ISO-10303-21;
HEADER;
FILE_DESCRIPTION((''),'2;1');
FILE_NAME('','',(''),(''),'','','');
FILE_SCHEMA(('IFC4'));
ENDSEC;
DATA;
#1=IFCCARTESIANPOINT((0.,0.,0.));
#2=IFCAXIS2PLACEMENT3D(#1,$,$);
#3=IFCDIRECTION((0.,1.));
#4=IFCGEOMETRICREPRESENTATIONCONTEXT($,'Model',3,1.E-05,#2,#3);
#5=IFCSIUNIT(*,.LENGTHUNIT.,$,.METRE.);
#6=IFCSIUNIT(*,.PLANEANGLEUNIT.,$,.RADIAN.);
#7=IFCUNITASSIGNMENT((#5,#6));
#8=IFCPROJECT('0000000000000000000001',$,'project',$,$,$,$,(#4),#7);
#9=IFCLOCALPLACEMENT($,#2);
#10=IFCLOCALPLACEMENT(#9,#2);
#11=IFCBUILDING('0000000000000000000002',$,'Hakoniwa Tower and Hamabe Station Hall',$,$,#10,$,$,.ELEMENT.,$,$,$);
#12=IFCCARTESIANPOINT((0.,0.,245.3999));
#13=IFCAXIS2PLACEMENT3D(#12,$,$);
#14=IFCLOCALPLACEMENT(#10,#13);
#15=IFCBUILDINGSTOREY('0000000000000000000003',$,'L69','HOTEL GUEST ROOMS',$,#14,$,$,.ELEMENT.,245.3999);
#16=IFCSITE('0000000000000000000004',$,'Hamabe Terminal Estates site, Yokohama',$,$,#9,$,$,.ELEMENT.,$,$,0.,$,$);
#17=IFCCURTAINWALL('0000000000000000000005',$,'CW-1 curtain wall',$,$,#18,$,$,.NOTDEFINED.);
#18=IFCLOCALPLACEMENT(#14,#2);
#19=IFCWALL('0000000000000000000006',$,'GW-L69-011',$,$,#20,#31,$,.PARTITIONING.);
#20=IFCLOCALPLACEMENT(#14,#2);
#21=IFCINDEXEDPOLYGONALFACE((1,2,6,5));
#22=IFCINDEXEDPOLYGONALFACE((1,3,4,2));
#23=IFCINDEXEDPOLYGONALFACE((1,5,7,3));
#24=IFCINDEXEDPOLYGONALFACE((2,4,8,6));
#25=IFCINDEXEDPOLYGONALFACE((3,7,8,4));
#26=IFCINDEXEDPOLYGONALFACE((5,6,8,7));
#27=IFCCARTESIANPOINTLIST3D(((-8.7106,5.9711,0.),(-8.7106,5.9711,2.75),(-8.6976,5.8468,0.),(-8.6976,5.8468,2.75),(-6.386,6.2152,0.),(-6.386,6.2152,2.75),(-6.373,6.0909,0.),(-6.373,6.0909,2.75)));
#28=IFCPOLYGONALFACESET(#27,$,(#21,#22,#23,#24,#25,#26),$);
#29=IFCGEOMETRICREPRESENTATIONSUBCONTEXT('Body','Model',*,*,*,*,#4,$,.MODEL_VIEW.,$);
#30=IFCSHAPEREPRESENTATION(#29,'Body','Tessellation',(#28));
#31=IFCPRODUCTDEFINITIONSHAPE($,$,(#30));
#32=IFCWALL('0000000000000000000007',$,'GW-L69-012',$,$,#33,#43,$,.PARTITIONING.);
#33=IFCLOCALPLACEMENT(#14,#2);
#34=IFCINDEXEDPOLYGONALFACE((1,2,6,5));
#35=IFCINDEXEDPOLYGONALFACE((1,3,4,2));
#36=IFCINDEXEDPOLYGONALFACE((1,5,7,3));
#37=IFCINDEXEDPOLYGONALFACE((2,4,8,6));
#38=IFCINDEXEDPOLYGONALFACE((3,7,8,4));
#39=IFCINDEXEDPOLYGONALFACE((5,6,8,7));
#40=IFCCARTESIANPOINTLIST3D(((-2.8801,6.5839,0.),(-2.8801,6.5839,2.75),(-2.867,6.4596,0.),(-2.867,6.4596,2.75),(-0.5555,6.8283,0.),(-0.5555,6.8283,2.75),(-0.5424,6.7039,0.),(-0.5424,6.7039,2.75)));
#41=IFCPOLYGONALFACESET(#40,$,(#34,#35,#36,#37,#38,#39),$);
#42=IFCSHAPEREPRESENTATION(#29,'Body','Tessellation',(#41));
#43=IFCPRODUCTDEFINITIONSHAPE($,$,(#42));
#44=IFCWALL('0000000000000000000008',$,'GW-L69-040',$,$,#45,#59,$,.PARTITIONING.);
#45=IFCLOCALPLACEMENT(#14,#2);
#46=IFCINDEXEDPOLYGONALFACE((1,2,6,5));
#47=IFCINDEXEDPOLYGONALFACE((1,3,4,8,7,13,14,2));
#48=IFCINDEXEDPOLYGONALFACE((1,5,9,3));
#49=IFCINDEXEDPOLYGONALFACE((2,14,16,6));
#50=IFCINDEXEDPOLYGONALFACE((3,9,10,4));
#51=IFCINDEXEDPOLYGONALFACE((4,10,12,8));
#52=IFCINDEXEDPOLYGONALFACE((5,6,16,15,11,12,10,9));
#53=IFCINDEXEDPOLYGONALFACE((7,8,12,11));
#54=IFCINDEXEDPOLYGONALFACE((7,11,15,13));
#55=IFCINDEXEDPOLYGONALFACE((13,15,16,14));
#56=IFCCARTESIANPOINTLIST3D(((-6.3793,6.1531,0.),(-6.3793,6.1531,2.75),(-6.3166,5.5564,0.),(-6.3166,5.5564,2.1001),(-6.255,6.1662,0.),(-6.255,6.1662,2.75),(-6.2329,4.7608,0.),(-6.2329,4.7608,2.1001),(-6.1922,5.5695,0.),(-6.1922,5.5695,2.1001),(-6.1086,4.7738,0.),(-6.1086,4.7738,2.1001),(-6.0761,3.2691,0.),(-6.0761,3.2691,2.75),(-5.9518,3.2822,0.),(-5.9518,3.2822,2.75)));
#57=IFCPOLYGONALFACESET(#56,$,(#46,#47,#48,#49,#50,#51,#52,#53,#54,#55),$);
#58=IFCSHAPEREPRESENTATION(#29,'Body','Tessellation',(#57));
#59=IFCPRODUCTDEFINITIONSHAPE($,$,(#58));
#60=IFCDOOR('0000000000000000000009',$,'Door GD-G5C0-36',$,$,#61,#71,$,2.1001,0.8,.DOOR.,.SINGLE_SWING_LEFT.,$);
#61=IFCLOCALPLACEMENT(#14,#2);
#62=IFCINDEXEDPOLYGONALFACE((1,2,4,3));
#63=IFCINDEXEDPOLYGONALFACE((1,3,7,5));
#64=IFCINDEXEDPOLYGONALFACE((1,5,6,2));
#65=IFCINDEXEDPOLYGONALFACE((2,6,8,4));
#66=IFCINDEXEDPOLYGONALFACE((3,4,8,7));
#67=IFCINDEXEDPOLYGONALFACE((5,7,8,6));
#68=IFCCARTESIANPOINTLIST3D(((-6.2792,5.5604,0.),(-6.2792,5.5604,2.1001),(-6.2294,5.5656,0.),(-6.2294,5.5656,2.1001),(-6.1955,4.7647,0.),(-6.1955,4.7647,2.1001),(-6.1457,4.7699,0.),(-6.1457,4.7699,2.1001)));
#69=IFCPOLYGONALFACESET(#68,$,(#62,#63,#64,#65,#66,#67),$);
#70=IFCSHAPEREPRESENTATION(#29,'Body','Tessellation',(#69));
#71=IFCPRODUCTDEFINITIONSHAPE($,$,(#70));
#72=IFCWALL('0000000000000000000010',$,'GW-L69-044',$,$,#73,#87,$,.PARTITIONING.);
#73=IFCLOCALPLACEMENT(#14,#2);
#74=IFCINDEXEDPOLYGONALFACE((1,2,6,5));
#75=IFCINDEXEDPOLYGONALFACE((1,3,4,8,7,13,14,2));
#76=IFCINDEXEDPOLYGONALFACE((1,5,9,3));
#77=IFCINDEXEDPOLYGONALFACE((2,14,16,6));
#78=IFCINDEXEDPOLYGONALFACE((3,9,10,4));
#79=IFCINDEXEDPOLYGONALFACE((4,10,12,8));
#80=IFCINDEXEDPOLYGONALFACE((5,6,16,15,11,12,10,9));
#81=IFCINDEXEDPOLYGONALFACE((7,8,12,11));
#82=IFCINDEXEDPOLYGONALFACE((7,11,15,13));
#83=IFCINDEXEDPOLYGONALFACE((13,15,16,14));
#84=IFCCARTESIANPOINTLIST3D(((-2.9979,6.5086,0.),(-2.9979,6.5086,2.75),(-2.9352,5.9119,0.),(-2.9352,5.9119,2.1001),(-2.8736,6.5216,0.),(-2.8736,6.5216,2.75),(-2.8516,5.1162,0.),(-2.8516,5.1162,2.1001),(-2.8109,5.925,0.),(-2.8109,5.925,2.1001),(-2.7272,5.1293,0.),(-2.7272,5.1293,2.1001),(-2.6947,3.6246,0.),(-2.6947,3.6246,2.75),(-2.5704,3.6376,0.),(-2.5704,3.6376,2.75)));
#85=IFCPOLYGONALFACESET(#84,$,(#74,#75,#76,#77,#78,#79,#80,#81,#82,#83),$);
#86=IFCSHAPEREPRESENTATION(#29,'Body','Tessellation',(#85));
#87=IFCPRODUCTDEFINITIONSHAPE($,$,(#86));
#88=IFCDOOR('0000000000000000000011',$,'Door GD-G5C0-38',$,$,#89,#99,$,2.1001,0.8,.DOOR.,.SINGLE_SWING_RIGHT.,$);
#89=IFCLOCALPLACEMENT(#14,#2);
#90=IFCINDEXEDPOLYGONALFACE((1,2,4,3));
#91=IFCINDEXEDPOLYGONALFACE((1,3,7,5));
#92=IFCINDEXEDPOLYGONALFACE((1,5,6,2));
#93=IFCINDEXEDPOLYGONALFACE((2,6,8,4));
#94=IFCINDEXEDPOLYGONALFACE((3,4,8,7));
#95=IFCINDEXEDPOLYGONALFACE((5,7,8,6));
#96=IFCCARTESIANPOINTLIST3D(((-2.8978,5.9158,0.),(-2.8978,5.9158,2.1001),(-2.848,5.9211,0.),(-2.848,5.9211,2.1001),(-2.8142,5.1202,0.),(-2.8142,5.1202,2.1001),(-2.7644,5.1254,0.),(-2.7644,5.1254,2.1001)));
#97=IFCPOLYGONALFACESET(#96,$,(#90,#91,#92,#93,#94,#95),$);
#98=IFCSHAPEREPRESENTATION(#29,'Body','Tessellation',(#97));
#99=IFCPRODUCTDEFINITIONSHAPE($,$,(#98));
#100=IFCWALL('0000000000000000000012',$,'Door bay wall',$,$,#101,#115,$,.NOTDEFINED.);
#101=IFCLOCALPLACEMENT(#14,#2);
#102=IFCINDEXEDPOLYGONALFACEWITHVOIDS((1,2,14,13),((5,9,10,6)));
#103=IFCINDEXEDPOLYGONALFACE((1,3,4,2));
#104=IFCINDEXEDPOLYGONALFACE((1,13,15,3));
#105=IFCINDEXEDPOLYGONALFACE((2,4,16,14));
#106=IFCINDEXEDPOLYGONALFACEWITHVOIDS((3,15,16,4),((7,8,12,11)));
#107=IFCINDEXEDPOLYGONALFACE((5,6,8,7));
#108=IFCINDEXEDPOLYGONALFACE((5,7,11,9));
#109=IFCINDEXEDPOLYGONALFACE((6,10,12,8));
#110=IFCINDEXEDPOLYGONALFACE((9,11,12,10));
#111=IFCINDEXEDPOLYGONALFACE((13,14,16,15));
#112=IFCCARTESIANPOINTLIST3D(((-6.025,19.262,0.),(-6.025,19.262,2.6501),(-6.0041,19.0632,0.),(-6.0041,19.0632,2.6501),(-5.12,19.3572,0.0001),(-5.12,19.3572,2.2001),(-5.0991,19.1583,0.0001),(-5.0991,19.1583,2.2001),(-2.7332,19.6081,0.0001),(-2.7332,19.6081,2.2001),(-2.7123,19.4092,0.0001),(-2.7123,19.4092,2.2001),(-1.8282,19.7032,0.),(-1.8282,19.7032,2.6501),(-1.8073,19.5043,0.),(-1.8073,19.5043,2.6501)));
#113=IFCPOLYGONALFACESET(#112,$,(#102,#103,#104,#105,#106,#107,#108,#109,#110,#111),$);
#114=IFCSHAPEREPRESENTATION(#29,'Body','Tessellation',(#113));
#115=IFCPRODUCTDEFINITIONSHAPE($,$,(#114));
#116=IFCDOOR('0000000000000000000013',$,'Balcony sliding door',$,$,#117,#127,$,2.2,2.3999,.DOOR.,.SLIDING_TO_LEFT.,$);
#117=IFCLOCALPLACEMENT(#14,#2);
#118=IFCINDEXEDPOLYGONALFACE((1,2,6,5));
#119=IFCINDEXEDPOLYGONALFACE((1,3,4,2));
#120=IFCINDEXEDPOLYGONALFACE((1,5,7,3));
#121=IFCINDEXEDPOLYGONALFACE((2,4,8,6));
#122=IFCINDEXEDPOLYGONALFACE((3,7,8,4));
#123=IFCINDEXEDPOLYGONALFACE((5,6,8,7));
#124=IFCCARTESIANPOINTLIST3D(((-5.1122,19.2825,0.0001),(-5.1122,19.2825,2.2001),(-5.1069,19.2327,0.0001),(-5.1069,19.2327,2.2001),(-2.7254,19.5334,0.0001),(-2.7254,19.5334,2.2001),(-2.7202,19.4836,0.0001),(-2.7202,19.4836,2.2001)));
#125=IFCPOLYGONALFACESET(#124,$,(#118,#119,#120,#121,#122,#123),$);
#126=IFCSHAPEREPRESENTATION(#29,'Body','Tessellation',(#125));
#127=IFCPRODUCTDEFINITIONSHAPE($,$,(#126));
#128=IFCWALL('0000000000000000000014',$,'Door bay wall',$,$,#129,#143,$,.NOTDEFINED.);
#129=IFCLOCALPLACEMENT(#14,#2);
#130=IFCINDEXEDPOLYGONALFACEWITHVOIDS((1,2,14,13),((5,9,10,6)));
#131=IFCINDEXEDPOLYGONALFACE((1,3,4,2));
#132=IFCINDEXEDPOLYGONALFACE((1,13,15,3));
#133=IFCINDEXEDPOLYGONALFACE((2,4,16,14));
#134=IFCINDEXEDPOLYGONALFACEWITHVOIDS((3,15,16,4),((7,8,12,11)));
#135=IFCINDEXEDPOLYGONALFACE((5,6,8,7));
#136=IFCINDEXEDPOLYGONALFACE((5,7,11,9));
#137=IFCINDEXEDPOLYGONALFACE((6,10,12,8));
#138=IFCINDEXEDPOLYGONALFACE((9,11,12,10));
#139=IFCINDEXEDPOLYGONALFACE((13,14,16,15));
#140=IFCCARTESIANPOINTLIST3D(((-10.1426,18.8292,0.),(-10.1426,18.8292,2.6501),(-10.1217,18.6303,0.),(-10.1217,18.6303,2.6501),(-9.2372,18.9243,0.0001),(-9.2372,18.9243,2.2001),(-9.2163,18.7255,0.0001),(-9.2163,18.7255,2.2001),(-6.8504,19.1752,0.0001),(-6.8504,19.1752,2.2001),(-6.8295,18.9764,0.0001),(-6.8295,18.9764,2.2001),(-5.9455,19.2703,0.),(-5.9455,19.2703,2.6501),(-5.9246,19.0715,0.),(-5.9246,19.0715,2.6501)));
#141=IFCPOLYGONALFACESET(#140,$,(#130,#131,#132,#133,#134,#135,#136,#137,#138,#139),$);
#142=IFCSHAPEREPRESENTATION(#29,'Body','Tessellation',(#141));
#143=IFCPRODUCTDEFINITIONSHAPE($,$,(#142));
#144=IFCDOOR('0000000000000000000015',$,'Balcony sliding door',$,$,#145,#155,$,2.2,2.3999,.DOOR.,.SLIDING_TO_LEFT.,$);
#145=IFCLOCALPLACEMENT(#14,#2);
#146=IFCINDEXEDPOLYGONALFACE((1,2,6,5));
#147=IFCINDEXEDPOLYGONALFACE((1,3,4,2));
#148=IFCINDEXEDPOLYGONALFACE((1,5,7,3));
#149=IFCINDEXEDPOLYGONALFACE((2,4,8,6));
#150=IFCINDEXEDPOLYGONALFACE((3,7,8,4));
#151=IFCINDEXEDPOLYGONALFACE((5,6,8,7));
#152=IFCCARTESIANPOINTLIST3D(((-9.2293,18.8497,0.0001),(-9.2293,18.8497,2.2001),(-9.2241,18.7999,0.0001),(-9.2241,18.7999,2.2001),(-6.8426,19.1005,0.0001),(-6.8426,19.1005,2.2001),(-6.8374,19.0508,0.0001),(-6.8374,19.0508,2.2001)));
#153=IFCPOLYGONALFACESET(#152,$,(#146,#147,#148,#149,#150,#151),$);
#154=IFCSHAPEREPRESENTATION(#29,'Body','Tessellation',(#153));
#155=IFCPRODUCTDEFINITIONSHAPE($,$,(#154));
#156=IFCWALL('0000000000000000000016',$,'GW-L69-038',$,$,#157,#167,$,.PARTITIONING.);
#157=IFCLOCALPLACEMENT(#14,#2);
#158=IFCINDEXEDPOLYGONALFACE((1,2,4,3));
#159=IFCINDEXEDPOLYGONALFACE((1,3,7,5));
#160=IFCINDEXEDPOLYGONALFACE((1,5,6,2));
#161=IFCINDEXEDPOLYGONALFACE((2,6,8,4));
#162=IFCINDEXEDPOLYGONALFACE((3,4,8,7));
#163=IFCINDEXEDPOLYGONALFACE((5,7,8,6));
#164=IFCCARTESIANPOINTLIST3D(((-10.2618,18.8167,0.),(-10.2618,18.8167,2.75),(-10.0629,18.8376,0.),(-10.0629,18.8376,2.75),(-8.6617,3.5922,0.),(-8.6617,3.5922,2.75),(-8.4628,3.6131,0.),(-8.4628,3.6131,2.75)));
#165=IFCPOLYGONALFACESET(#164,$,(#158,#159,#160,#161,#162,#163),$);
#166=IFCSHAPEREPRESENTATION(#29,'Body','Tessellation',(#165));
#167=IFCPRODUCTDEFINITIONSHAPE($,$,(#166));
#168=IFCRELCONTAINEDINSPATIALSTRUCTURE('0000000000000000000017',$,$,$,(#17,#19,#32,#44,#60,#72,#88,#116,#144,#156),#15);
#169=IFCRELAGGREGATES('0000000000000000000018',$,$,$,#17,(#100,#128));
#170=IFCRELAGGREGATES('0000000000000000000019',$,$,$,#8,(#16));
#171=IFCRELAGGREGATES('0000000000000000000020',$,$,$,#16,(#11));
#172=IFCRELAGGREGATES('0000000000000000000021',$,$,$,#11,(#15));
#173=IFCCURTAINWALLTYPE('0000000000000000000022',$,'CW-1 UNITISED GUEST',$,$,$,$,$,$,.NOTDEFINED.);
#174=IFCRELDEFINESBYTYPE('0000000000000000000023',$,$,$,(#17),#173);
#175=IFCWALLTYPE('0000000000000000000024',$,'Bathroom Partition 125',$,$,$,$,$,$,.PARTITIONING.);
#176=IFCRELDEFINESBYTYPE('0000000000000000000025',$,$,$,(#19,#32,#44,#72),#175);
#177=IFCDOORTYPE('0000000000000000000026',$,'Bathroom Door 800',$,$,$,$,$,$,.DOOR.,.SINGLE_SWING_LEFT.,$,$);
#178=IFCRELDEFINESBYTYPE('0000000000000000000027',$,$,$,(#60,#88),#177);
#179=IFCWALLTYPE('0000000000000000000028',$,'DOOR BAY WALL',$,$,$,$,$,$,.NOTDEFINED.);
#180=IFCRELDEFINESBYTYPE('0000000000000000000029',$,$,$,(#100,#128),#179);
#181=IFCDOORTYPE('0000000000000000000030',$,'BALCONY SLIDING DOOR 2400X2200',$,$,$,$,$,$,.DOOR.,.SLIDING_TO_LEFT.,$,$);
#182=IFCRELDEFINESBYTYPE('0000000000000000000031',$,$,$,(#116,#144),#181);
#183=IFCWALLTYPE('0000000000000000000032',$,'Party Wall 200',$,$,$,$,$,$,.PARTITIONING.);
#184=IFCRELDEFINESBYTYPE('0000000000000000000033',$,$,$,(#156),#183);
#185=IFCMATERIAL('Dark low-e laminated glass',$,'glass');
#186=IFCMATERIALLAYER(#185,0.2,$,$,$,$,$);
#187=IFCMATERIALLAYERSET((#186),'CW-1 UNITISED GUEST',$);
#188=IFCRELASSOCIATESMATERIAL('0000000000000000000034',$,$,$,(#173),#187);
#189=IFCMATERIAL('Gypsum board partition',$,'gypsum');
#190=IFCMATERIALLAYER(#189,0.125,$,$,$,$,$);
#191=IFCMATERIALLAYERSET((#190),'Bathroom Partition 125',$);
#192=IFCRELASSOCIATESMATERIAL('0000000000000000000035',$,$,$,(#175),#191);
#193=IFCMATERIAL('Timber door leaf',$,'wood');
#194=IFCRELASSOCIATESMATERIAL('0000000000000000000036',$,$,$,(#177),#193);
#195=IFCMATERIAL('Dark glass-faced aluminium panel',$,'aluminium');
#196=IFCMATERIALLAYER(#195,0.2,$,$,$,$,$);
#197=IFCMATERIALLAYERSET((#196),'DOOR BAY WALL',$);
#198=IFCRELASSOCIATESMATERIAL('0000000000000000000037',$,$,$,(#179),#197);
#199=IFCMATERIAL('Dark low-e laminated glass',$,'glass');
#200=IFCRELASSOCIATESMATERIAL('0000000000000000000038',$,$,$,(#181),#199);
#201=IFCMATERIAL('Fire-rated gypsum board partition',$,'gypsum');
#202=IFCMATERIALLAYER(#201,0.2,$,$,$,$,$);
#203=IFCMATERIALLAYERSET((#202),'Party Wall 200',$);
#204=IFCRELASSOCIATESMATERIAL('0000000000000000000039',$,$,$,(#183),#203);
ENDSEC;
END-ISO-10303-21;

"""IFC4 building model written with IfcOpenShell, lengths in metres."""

from ifc_helpers import new_model, si_unit, direction, frame, frame_2d, origin, place, context, subcontext, project, spatial, rectangle, extrude, material, layer, layer_set, type_object, element, fill, aggregate, save


model = new_model("IFC4")

# Units and contexts
model_context = context("Model", 3, precision=1e-05, world=origin(), true_north=direction((0.0, 1.0)))
body_context = subcontext(model_context, "Body", "Model", "MODEL_VIEW")
ifc_project = project(units=[si_unit("LENGTHUNIT", "METRE"), si_unit("PLANEANGLEUNIT", "RADIAN")], contexts=[model_context])

# Site, building, storey
site_placement = place(None, origin())
site = spatial("IfcSite", under=ifc_project, at=site_placement, Name="Hamabe Terminal Estates site, Yokohama", CompositionType="ELEMENT", RefElevation=0.0)
building_placement = place(site_placement, origin())
building = spatial("IfcBuilding", under=site, at=building_placement, Name="Hakoniwa Tower and Hamabe Station Hall", CompositionType="ELEMENT")
storey_placement = place(building_placement, frame((0.0, 0.0, 245.3999)))
storey = spatial("IfcBuildingStorey", under=building, at=storey_placement, Name="L69", Description="HOTEL GUEST ROOMS", CompositionType="ELEMENT", Elevation=245.3999)

# Curtain wall
ifc_material_1 = material(Name="Dark low-e laminated glass", Category="glass")
ifc_layer_1 = layer(ifc_material_1, 0.2)
ifc_layer_set_1 = layer_set([ifc_layer_1], Name="CW-1 UNITISED GUEST")
curtain_wall_type = type_object("IfcCurtainWallType", Name="CW-1 UNITISED GUEST", PredefinedType="NOTDEFINED", material=ifc_layer_set_1)
curtain_wall_placement = place(storey_placement, origin())
curtain_wall = element("IfcCurtainWall", 1, at=curtain_wall_placement, inside=storey, type_object=curtain_wall_type, Name="CW-1 curtain wall", PredefinedType="NOTDEFINED")

# Walls
ifc_material_2 = material(Name="Gypsum board partition", Category="gypsum")
ifc_layer_2 = layer(ifc_material_2, 0.125)
ifc_layer_set_2 = layer_set([ifc_layer_2], Name="Bathroom Partition 125")
wall_type_1 = type_object("IfcWallType", Name="Bathroom Partition 125", PredefinedType="PARTITIONING", material=ifc_layer_set_2)
for number, where, z_axis, x_axis, name in (
    (2, (-8.7041, 5.9089, 0.0), (0.0, 0.0, 1.0), (0.994531, 0.104446, 0.0), "GW-L69-011"),
    (3, (-2.8735, 6.5217, 0.0), (0.0, 0.0, 1.0), (0.99452, 0.104549, 0.0), "GW-L69-012"),
):
    element("IfcWall", number, at=place(storey_placement, frame(where, z_axis=z_axis, x_axis=x_axis)), inside=storey, type_object=wall_type_1, Name=name, PredefinedType="PARTITIONING", context=body_context, shape_type="SweptSolid", body=[
        extrude(rectangle(XDim=2.3374, YDim=0.125, at=frame_2d((1.1687, 0.0))), origin(), (0.0, 0.0, 1.0), 2.75),
    ])

# Walls, openings, doors
wall_1_placement = place(storey_placement, frame((-6.0139, 3.2756, 0.0), z_axis=(0.0, 0.0, 1.0), x_axis=(-0.104562, 0.994518, 0.0)))
wall_1 = element("IfcWall", 4, at=wall_1_placement, inside=storey, type_object=wall_type_1, Name="GW-L69-040", PredefinedType="PARTITIONING", context=body_context, shape_type="SweptSolid", body=[
    extrude(rectangle(XDim=2.8999, YDim=0.125, at=frame_2d((1.45, 0.0))), origin(), (0.0, 0.0, 1.0), 2.75),
])
opening_1_placement = place(wall_1_placement, frame((1.5, 0.0, 0.0)))
opening_1 = element("IfcOpeningElement", 5, at=opening_1_placement, cuts=wall_1, PredefinedType="OPENING", context=body_context, shape_type="SweptSolid", body=[
    extrude(rectangle(XDim=0.8, YDim=2.1001, at=frame_2d((0.3999, 1.05))), frame((0.0, 0.0725, 0.0), z_axis=(0.0, -1.0, 0.0), x_axis=(1.0, 0.0, 0.0)), (0.0, 0.0, 1.0), 0.145),
])
ifc_material_3 = material(Name="Timber door leaf", Category="wood")
door_type_1 = type_object("IfcDoorType", Name="Bathroom Door 800", OperationType="SINGLE_SWING_LEFT", PredefinedType="DOOR", material=ifc_material_3)
door_1_placement = place(opening_1_placement, origin())
door_1 = element("IfcDoor", 6, at=door_1_placement, inside=storey, type_object=door_type_1, Name="Door GD-G5C0-36", OperationType="SINGLE_SWING_LEFT", OverallHeight=2.1001, OverallWidth=0.8, PredefinedType="DOOR", context=body_context, shape_type="SweptSolid", body=[
    extrude(rectangle(XDim=0.8, YDim=2.1001, at=frame_2d((0.3999, 1.05))), frame((0.0, 0.0249, 0.0), z_axis=(0.0, -1.0, 0.0), x_axis=(1.0, 0.0, 0.0)), (0.0, 0.0, 1.0), 0.05),
])
fill(opening_1, door_1)
wall_2_placement = place(storey_placement, frame((-2.6326, 3.6311, 0.0), z_axis=(0.0, 0.0, 1.0), x_axis=(-0.104562, 0.994518, 0.0)))
wall_2 = element("IfcWall", 7, at=wall_2_placement, inside=storey, type_object=wall_type_1, Name="GW-L69-044", PredefinedType="PARTITIONING", context=body_context, shape_type="SweptSolid", body=[
    extrude(rectangle(XDim=2.8999, YDim=0.125, at=frame_2d((1.45, 0.0))), origin(), (0.0, 0.0, 1.0), 2.75),
])
opening_2_placement = place(wall_2_placement, frame((1.5, 0.0, 0.0)))
opening_2 = element("IfcOpeningElement", 8, at=opening_2_placement, cuts=wall_2, PredefinedType="OPENING", context=body_context, shape_type="SweptSolid", body=[
    extrude(rectangle(XDim=0.8, YDim=2.1001, at=frame_2d((0.3999, 1.05))), frame((0.0, 0.0725, 0.0), z_axis=(0.0, -1.0, 0.0), x_axis=(1.0, 0.0, 0.0)), (0.0, 0.0, 1.0), 0.145),
])
door_2_placement = place(opening_2_placement, origin())
door_2 = element("IfcDoor", 9, at=door_2_placement, inside=storey, type_object=door_type_1, Name="Door GD-G5C0-38", OperationType="SINGLE_SWING_RIGHT", OverallHeight=2.1001, OverallWidth=0.8, PredefinedType="DOOR", context=body_context, shape_type="SweptSolid", body=[
    extrude(rectangle(XDim=0.8, YDim=2.1001, at=frame_2d((0.3999, 1.05))), frame((0.0, 0.0249, 0.0), z_axis=(0.0, -1.0, 0.0), x_axis=(1.0, 0.0, 0.0)), (0.0, 0.0, 1.0), 0.05),
])
fill(opening_2, door_2)
ifc_material_4 = material(Name="Dark glass-faced aluminium panel", Category="aluminium")
ifc_layer_3 = layer(ifc_material_4, 0.2)
ifc_layer_set_3 = layer_set([ifc_layer_3], Name="DOOR BAY WALL")
wall_type_2 = type_object("IfcWallType", Name="DOOR BAY WALL", PredefinedType="NOTDEFINED", material=ifc_layer_set_3)
wall_3_placement = place(storey_placement, frame((-1.8179, 19.6038, 0.0), z_axis=(0.0, 0.0, 1.0), x_axis=(-0.99452, -0.104543, 0.0)))
wall_3 = element("IfcWall", 10, at=wall_3_placement, type_object=wall_type_2, Name="Door bay wall", PredefinedType="NOTDEFINED", context=body_context, shape_type="SweptSolid", body=[
    extrude(rectangle(XDim=4.22, YDim=0.2, at=frame_2d((2.1099, 0.0))), origin(), (0.0, 0.0, 1.0), 2.6501),
])
opening_3_placement = place(wall_3_placement, frame((0.9099, 0.0, 0.0)))
opening_3 = element("IfcOpeningElement", 11, at=opening_3_placement, cuts=wall_3, PredefinedType="OPENING", context=body_context, shape_type="SweptSolid", body=[
    extrude(rectangle(XDim=2.3999, YDim=2.2, at=frame_2d((1.2, 1.1001))), frame((0.0, 0.1099, 0.0), z_axis=(0.0, -1.0, 0.0), x_axis=(1.0, 0.0, 0.0)), (0.0, 0.0, 1.0), 0.22),
])
ifc_material_5 = material(Name="Dark low-e laminated glass", Category="glass")
door_type_2 = type_object("IfcDoorType", Name="BALCONY SLIDING DOOR 2400X2200", OperationType="SLIDING_TO_LEFT", PredefinedType="DOOR", material=ifc_material_5)
door_3_placement = place(opening_3_placement, frame((2.3999, 0.0, 0.0), z_axis=(0.0, 0.0, 1.0), x_axis=(-1.0, 0.0, 0.0)))
door_3 = element("IfcDoor", 12, at=door_3_placement, inside=storey, type_object=door_type_2, Name="Balcony sliding door", OperationType="SLIDING_TO_LEFT", OverallHeight=2.2, OverallWidth=2.3999, PredefinedType="DOOR", context=body_context, shape_type="SweptSolid", body=[
    extrude(rectangle(XDim=2.3999, YDim=2.2, at=frame_2d((1.2, 1.1001))), frame((0.0, 0.0249, 0.0), z_axis=(0.0, -1.0, 0.0), x_axis=(1.0, 0.0, 0.0)), (0.0, 0.0, 1.0), 0.05),
])
fill(opening_3, door_3)
wall_4_placement = place(storey_placement, frame((-5.9351, 19.1709, 0.0), z_axis=(0.0, 0.0, 1.0), x_axis=(-0.994521, -0.104537, 0.0)))
wall_4 = element("IfcWall", 13, at=wall_4_placement, type_object=wall_type_2, Name="Door bay wall", PredefinedType="NOTDEFINED", context=body_context, shape_type="SweptSolid", body=[
    extrude(rectangle(XDim=4.2202, YDim=0.2, at=frame_2d((2.1101, 0.0))), origin(), (0.0, 0.0, 1.0), 2.6501),
])
opening_4_placement = place(wall_4_placement, frame((0.9099, 0.0, 0.0)))
opening_4 = element("IfcOpeningElement", 14, at=opening_4_placement, cuts=wall_4, PredefinedType="OPENING", context=body_context, shape_type="SweptSolid", body=[
    extrude(rectangle(XDim=2.3999, YDim=2.2, at=frame_2d((1.2, 1.1001))), frame((0.0, 0.1099, 0.0), z_axis=(0.0, -1.0, 0.0), x_axis=(1.0, 0.0, 0.0)), (0.0, 0.0, 1.0), 0.22),
])
door_4_placement = place(opening_4_placement, frame((2.3999, 0.0, 0.0), z_axis=(0.0, 0.0, 1.0), x_axis=(-1.0, 0.0, 0.0)))
door_4 = element("IfcDoor", 15, at=door_4_placement, inside=storey, type_object=door_type_2, Name="Balcony sliding door", OperationType="SLIDING_TO_LEFT", OverallHeight=2.2, OverallWidth=2.3999, PredefinedType="DOOR", context=body_context, shape_type="SweptSolid", body=[
    extrude(rectangle(XDim=2.3999, YDim=2.2, at=frame_2d((1.2, 1.1001))), frame((0.0, 0.0249, 0.0), z_axis=(0.0, -1.0, 0.0), x_axis=(1.0, 0.0, 0.0)), (0.0, 0.0, 1.0), 0.05),
])
fill(opening_4, door_4)
aggregate(curtain_wall, [wall_3, wall_4])

# Wall
ifc_material_6 = material(Name="Fire-rated gypsum board partition", Category="gypsum")
ifc_layer_4 = layer(ifc_material_6, 0.2)
ifc_layer_set_4 = layer_set([ifc_layer_4], Name="Party Wall 200")
wall_type_3 = type_object("IfcWallType", Name="Party Wall 200", PredefinedType="PARTITIONING", material=ifc_layer_set_4)
wall_5_placement = place(storey_placement, frame((-8.5623, 3.6025, 0.0), z_axis=(0.0, 0.0, 1.0), x_axis=(-0.104524, 0.994522, 0.0)))
element("IfcWall", 16, at=wall_5_placement, inside=storey, type_object=wall_type_3, Name="GW-L69-038", PredefinedType="PARTITIONING", context=body_context, shape_type="SweptSolid", body=[
    extrude(rectangle(XDim=15.3083, YDim=0.2, at=frame_2d((7.6543, 0.0))), origin(), (0.0, 0.0, 1.0), 2.75),
])

save(model, "model.ifc")
